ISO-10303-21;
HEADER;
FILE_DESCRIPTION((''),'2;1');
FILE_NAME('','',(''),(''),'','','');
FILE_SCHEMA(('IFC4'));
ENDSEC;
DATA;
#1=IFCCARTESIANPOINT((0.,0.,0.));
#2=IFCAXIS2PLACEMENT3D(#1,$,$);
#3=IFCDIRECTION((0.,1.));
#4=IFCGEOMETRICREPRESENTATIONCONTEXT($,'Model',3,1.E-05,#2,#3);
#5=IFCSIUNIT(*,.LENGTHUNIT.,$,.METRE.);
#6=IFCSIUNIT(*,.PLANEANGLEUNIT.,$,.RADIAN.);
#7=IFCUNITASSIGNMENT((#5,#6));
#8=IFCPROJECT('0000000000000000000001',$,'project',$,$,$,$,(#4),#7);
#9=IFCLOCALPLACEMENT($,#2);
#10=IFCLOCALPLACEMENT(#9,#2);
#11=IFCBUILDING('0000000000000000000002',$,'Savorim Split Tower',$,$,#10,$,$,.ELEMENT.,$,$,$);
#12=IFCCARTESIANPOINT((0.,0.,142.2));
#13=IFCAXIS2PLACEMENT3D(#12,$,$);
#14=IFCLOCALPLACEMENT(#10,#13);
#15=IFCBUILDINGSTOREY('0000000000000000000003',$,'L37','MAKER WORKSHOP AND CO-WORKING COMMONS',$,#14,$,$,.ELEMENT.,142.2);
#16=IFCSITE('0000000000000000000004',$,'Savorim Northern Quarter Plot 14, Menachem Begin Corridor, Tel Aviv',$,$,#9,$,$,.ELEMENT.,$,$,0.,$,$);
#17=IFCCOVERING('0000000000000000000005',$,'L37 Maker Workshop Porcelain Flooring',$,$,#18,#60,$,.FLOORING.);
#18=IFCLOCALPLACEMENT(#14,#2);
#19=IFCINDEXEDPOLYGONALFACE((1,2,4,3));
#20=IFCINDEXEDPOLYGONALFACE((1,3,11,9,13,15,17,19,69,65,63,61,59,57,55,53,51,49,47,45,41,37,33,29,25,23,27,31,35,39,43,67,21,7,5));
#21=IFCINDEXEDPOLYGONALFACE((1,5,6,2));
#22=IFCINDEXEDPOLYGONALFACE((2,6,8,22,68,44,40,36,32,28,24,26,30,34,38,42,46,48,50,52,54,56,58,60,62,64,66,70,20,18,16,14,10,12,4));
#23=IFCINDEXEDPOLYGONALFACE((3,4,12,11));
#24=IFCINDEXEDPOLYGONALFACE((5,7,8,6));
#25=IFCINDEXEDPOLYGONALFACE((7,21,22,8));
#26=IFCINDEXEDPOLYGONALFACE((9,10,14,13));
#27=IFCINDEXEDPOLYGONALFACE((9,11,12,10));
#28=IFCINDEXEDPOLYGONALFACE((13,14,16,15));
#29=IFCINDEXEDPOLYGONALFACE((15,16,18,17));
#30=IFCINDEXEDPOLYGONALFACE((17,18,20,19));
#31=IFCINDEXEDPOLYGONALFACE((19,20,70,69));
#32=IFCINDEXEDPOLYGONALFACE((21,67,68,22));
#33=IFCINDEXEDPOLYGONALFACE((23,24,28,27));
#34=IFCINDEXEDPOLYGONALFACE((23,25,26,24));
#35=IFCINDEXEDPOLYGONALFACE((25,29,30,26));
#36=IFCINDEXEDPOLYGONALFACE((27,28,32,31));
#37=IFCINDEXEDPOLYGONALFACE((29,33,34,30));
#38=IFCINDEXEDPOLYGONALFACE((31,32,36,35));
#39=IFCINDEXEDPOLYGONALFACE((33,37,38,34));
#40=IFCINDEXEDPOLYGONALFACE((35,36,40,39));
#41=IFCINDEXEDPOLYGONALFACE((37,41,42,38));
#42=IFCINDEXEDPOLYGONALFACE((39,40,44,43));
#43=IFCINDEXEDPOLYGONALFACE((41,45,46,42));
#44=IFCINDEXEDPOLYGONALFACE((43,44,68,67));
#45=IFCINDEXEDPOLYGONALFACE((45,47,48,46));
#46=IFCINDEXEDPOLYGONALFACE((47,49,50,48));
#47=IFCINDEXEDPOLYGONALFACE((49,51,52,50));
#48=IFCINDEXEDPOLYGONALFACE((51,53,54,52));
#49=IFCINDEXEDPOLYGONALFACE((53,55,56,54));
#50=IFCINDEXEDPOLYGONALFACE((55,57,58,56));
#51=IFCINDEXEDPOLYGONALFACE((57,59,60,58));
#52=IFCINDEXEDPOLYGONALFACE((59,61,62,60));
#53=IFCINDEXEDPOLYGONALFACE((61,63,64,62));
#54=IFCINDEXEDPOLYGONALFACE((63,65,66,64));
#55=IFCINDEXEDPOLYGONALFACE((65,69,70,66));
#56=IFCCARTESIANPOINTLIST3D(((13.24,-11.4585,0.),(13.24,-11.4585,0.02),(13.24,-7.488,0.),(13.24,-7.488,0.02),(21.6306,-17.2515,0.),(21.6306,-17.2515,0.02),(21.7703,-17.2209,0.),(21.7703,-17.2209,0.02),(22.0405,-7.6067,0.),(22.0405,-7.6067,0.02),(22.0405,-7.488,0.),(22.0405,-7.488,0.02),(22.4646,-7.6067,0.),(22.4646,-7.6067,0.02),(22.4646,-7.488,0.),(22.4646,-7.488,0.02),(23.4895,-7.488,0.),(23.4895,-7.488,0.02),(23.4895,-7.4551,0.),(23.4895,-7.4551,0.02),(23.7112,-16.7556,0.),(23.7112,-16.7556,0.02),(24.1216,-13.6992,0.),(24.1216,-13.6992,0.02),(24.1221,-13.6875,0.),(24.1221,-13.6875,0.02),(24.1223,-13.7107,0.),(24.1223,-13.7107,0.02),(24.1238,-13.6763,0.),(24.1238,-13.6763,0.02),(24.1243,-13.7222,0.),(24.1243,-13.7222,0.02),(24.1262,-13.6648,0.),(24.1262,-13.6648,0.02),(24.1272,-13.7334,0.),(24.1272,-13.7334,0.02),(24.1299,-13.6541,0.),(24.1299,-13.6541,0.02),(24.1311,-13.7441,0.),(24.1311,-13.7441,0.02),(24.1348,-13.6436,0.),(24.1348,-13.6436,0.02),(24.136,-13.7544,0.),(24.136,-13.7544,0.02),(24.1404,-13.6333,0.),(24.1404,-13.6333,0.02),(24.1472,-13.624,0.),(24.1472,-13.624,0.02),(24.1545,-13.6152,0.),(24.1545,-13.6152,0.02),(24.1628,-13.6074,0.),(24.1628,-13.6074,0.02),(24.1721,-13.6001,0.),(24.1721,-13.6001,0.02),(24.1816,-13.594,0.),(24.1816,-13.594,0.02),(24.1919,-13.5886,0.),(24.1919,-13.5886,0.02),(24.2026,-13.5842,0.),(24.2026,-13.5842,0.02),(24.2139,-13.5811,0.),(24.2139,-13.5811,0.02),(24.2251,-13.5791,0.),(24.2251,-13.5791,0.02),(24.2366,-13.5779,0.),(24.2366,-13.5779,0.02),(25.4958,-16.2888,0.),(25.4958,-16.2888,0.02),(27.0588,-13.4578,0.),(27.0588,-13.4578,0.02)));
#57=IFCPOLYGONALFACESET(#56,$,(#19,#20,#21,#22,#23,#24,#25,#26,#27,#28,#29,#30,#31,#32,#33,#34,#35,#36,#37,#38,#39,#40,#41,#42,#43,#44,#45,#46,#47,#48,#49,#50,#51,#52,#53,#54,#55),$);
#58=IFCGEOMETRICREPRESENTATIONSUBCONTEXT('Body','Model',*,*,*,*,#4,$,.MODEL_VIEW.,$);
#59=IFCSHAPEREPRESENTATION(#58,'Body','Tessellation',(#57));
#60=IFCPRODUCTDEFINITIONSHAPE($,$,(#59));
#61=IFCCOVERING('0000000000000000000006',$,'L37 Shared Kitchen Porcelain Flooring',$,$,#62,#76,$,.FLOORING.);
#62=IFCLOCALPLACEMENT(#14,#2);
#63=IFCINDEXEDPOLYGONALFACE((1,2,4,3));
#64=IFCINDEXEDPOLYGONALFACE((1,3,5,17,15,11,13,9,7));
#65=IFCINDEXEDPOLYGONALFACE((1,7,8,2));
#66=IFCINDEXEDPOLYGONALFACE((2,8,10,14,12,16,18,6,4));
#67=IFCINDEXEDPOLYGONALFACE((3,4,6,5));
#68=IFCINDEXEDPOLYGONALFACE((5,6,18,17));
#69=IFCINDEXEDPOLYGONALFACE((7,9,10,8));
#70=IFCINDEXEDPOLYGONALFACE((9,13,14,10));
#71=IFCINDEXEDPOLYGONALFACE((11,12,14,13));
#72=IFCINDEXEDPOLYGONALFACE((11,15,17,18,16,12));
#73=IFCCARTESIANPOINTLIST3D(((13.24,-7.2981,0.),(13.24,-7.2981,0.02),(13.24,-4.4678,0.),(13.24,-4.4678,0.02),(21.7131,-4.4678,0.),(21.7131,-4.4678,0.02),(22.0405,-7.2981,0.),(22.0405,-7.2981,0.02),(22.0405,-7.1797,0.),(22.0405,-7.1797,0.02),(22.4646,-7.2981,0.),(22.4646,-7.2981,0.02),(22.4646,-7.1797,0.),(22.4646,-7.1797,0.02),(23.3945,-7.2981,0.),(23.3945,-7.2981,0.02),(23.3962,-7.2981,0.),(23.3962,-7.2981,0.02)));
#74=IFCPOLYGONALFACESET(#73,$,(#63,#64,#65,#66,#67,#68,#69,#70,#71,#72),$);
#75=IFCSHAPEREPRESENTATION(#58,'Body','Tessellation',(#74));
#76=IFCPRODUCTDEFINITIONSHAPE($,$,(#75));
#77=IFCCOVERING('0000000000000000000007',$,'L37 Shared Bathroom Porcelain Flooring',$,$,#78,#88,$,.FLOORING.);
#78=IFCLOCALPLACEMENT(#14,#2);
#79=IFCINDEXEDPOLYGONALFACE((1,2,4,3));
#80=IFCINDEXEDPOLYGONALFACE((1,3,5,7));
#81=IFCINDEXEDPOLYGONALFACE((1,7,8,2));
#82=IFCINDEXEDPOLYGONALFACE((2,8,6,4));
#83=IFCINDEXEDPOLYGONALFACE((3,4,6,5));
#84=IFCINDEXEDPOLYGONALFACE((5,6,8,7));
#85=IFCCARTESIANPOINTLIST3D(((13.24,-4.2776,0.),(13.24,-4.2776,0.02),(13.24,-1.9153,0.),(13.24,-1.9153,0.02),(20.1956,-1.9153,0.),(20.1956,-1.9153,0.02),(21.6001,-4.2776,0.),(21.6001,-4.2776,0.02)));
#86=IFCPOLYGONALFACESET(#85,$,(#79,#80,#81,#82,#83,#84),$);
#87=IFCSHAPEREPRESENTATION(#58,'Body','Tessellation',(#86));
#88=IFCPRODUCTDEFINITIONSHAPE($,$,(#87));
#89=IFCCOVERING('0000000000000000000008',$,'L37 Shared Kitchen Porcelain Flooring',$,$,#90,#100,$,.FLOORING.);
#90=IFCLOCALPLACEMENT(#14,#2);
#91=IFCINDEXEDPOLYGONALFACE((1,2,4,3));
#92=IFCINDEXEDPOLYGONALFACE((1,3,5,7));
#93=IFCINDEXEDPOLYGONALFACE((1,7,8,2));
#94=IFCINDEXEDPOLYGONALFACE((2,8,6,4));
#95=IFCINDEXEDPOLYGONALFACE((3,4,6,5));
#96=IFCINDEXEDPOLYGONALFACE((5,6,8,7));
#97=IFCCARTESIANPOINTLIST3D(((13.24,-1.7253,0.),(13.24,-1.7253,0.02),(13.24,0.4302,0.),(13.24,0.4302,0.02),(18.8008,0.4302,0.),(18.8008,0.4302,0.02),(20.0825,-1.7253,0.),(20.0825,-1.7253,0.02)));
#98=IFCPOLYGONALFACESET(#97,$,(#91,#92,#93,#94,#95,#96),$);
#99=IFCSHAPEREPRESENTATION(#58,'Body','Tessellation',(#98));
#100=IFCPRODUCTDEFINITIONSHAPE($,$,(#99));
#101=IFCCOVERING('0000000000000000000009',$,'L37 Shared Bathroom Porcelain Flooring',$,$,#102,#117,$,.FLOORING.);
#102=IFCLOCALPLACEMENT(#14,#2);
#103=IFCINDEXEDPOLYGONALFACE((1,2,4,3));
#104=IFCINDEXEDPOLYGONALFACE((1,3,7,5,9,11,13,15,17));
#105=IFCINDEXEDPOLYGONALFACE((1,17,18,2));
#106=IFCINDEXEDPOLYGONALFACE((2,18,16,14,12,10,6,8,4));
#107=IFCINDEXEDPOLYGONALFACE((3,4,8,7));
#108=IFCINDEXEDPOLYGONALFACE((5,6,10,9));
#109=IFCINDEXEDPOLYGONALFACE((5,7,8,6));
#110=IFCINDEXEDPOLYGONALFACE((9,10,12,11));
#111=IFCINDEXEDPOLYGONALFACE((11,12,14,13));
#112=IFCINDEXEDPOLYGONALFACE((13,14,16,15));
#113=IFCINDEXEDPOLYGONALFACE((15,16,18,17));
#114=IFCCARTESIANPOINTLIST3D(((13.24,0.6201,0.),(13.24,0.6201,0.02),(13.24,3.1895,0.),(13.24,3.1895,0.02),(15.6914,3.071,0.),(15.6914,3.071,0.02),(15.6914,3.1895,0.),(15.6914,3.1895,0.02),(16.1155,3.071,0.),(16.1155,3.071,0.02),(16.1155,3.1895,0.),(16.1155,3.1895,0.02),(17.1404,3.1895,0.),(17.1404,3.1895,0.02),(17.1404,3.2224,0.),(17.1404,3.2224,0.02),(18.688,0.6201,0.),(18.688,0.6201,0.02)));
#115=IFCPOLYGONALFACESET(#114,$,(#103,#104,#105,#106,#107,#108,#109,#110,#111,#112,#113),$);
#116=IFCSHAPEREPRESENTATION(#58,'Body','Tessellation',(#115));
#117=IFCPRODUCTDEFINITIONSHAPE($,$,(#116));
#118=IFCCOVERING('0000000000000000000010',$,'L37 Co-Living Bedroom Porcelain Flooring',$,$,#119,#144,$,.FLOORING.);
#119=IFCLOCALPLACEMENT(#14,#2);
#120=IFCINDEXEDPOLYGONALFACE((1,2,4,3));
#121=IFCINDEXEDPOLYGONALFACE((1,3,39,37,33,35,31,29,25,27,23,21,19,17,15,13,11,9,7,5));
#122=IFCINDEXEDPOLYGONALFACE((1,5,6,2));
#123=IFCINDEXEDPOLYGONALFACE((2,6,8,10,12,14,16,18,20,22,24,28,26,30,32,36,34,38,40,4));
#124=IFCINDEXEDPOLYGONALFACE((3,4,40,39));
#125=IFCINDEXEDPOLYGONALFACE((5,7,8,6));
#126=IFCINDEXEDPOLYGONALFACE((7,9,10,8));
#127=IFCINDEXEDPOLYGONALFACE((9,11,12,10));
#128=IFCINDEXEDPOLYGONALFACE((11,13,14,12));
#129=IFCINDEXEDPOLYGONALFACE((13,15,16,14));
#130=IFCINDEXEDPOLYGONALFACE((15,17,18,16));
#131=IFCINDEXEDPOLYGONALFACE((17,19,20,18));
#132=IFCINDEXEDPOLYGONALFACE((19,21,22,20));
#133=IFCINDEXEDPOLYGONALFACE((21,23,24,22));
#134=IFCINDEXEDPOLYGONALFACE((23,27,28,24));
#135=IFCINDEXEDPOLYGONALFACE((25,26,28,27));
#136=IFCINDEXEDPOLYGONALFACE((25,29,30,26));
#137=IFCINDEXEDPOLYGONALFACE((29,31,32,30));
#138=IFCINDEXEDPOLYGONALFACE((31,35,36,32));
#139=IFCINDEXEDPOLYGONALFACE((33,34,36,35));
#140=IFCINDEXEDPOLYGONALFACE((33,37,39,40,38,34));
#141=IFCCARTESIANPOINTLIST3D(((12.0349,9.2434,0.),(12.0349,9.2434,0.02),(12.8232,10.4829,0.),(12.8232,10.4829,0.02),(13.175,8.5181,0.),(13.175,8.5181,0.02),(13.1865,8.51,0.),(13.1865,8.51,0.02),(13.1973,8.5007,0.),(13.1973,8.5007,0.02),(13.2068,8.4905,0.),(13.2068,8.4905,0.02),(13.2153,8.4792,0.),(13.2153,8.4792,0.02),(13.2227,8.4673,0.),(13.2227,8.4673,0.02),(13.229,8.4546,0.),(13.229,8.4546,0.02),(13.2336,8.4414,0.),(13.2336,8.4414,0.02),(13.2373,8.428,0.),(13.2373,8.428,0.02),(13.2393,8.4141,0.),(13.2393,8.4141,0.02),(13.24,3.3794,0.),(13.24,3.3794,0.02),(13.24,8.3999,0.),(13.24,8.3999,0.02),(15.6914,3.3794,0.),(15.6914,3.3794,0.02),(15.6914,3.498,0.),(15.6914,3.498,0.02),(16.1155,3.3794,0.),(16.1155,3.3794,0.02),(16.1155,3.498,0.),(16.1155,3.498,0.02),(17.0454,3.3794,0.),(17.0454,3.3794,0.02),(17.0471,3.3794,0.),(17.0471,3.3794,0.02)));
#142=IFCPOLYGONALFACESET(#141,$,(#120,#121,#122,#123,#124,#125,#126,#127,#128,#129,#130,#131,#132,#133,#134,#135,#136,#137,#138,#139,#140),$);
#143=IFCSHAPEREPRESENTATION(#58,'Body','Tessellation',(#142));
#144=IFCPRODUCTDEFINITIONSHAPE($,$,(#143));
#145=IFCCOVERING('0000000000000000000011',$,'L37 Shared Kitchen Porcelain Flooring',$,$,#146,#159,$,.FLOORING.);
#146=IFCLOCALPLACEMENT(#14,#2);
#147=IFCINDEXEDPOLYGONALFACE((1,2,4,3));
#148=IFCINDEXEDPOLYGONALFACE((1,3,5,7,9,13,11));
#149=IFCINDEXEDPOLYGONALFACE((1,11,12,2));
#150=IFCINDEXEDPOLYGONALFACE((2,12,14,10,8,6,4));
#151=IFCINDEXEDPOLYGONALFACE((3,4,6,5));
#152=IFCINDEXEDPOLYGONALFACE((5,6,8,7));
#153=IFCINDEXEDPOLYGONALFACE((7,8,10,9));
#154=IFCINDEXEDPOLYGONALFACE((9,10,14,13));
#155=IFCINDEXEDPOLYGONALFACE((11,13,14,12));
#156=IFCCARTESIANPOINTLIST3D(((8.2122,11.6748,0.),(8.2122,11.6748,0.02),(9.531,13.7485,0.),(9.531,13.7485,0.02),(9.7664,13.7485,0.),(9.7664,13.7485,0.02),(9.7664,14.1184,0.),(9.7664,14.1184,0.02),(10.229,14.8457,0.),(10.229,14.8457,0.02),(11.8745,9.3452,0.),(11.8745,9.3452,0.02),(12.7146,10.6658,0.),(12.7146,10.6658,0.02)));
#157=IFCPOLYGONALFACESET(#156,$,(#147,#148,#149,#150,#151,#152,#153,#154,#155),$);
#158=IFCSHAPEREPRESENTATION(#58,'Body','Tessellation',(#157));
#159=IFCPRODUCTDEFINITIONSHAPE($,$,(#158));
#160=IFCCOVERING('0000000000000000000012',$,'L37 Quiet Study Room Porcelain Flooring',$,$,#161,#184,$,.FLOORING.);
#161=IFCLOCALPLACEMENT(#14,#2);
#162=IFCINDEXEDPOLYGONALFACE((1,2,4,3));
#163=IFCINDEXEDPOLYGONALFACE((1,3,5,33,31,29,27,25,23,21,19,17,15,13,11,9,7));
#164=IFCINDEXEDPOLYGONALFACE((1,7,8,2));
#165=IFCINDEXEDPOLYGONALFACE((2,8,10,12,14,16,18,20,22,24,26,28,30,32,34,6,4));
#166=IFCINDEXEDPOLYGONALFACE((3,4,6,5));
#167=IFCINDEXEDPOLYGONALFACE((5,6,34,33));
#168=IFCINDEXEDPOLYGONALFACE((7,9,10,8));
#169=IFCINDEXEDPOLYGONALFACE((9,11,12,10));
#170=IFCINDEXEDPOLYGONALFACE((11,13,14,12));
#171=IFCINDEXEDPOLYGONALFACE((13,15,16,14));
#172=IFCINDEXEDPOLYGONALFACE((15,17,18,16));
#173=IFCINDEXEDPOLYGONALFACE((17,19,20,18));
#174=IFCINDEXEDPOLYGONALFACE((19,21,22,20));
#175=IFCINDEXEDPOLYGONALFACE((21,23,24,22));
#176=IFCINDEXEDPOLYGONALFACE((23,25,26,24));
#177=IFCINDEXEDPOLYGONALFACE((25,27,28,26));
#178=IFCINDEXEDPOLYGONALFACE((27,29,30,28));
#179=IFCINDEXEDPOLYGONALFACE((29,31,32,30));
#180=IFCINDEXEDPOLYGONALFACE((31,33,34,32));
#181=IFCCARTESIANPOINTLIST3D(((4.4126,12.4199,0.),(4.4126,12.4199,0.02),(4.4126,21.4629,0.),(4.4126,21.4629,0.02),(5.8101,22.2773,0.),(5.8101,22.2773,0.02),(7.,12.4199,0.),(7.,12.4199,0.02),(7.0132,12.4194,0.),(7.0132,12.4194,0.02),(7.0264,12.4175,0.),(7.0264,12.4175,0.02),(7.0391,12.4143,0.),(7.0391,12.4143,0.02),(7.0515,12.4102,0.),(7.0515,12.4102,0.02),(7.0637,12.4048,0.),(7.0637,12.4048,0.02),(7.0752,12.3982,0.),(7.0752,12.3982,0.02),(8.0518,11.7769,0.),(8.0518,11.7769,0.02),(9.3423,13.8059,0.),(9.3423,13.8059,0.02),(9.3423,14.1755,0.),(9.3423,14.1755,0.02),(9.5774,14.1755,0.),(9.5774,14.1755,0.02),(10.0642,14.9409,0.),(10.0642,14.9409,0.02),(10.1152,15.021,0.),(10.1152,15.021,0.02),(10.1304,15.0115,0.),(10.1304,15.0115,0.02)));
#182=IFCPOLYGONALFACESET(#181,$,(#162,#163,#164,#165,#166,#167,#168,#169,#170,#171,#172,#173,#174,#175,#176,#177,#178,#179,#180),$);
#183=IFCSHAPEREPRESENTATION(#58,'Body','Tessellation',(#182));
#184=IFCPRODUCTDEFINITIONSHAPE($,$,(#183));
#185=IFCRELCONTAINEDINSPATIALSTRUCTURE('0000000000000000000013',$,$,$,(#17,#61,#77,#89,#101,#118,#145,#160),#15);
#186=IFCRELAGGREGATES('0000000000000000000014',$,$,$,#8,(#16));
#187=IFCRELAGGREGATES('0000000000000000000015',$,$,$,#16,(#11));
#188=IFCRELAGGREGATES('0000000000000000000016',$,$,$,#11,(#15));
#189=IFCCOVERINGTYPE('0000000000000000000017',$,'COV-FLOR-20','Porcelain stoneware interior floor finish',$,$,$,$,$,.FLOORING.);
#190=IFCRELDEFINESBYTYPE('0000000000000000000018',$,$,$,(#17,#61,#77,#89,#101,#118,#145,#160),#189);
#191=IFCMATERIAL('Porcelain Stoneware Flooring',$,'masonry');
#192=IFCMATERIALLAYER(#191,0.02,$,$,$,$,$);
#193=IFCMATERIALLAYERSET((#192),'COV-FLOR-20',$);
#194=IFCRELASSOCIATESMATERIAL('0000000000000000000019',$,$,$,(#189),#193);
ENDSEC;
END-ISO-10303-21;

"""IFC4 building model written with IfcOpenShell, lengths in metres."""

from ifc_helpers import new_model, si_unit, direction, frame, origin, place, context, subcontext, project, spatial, polyline, outline, extrude, material, layer, layer_set, type_object, element, save


model = new_model("IFC4")

# Units and contexts
model_context = context("Model", 3, precision=1e-05, world=origin(), true_north=direction((0.0, 1.0)))
body_context = subcontext(model_context, "Body", "Model", "MODEL_VIEW")
ifc_project = project(units=[si_unit("LENGTHUNIT", "METRE"), si_unit("PLANEANGLEUNIT", "RADIAN")], contexts=[model_context])

# Site, building, storey
site_placement = place(None, origin())
site = spatial("IfcSite", under=ifc_project, at=site_placement, Name="Savorim Northern Quarter Plot 14, Menachem Begin Corridor, Tel Aviv", CompositionType="ELEMENT", RefElevation=0.0)
building_placement = place(site_placement, origin())
building = spatial("IfcBuilding", under=site, at=building_placement, Name="Savorim Split Tower", CompositionType="ELEMENT")
storey_placement = place(building_placement, frame((0.0, 0.0, 142.2)))
storey = spatial("IfcBuildingStorey", under=building, at=storey_placement, Name="L37", Description="MAKER WORKSHOP AND CO-WORKING COMMONS", CompositionType="ELEMENT", Elevation=142.2)

# Coverings
ifc_material_1 = material(Name="Porcelain Stoneware Flooring", Category="masonry")
ifc_layer_1 = layer(ifc_material_1, 0.02)
ifc_layer_set_1 = layer_set([ifc_layer_1], Name="COV-FLOR-20")
covering_type_1 = type_object("IfcCoveringType", Name="COV-FLOR-20", Description="Porcelain stoneware interior floor finish", PredefinedType="FLOORING", material=ifc_layer_set_1)
covering_1_placement = place(storey_placement, origin())
element("IfcCovering", 1, at=covering_1_placement, inside=storey, type_object=covering_type_1, Name="L37 Maker Workshop Porcelain Flooring", PredefinedType="FLOORING", context=body_context, shape_type="SweptSolid", body=[
    extrude(outline(polyline([(24.2139, -13.5811), (24.2251, -13.5791), (24.2366, -13.5779), (27.0588, -13.4578), (23.4895, -7.4551), (23.4895, -7.488), (22.4646, -7.488), (22.4646, -7.6067), (22.0405, -7.6067), (22.0405, -7.488), (13.24, -7.488), (13.24, -11.4585), (21.6306, -17.2515), (21.7703, -17.2209), (23.7112, -16.7556), (25.4958, -16.2888), (24.136, -13.7544), (24.1311, -13.7441), (24.1272, -13.7334), (24.1243, -13.7222), (24.1223, -13.7107), (24.1216, -13.6992), (24.1221, -13.6875), (24.1238, -13.6763), (24.1262, -13.6648), (24.1299, -13.6541), (24.1348, -13.6436), (24.1404, -13.6333), (24.1472, -13.624), (24.1545, -13.6152), (24.1628, -13.6074), (24.1721, -13.6001), (24.1816, -13.594), (24.1919, -13.5886), (24.2026, -13.5842), (24.2139, -13.5811)])), origin(), (0.0, 0.0, 1.0), 0.02),
])
covering_2_placement = place(storey_placement, origin())
element("IfcCovering", 2, at=covering_2_placement, inside=storey, type_object=covering_type_1, Name="L37 Shared Kitchen Porcelain Flooring", PredefinedType="FLOORING", context=body_context, shape_type="SweptSolid", body=[
    extrude(outline(polyline([(22.4646, -7.1797), (22.4646, -7.2981), (23.3945, -7.2981), (23.3962, -7.2981), (21.7131, -4.4678), (13.24, -4.4678), (13.24, -7.2981), (22.0405, -7.2981), (22.0405, -7.1797), (22.4646, -7.1797)])), origin(), (0.0, 0.0, 1.0), 0.02),
])
covering_3_placement = place(storey_placement, origin())
element("IfcCovering", 3, at=covering_3_placement, inside=storey, type_object=covering_type_1, Name="L37 Shared Bathroom Porcelain Flooring", PredefinedType="FLOORING", context=body_context, shape_type="SweptSolid", body=[
    extrude(outline(polyline([(21.6001, -4.2776), (20.1956, -1.9153), (13.24, -1.9153), (13.24, -4.2776), (21.6001, -4.2776)])), origin(), (0.0, 0.0, 1.0), 0.02),
])
covering_4_placement = place(storey_placement, origin())
element("IfcCovering", 4, at=covering_4_placement, inside=storey, type_object=covering_type_1, Name="L37 Shared Kitchen Porcelain Flooring", PredefinedType="FLOORING", context=body_context, shape_type="SweptSolid", body=[
    extrude(outline(polyline([(20.0825, -1.7253), (18.8008, 0.4302), (13.24, 0.4302), (13.24, -1.7253), (20.0825, -1.7253)])), origin(), (0.0, 0.0, 1.0), 0.02),
])
covering_5_placement = place(storey_placement, origin())
element("IfcCovering", 5, at=covering_5_placement, inside=storey, type_object=covering_type_1, Name="L37 Shared Bathroom Porcelain Flooring", PredefinedType="FLOORING", context=body_context, shape_type="SweptSolid", body=[
    extrude(outline(polyline([(15.6914, 3.071), (15.6914, 3.1895), (13.24, 3.1895), (13.24, 0.6201), (18.688, 0.6201), (17.1404, 3.2224), (17.1404, 3.1895), (16.1155, 3.1895), (16.1155, 3.071), (15.6914, 3.071)])), origin(), (0.0, 0.0, 1.0), 0.02),
])
covering_6_placement = place(storey_placement, origin())
element("IfcCovering", 6, at=covering_6_placement, inside=storey, type_object=covering_type_1, Name="L37 Co-Living Bedroom Porcelain Flooring", PredefinedType="FLOORING", context=body_context, shape_type="SweptSolid", body=[
    extrude(outline(polyline([(16.1155, 3.498), (16.1155, 3.3794), (17.0454, 3.3794), (17.0471, 3.3794), (12.8232, 10.4829), (12.0349, 9.2434), (13.175, 8.5181), (13.1865, 8.51), (13.1973, 8.5007), (13.2068, 8.4905), (13.2153, 8.4792), (13.2227, 8.4673), (13.229, 8.4546), (13.2336, 8.4414), (13.2373, 8.428), (13.2393, 8.4141), (13.24, 8.3999), (13.24, 3.3794), (15.6914, 3.3794), (15.6914, 3.498), (16.1155, 3.498)])), origin(), (0.0, 0.0, 1.0), 0.02),
])
covering_7_placement = place(storey_placement, origin())
element("IfcCovering", 7, at=covering_7_placement, inside=storey, type_object=covering_type_1, Name="L37 Shared Kitchen Porcelain Flooring", PredefinedType="FLOORING", context=body_context, shape_type="SweptSolid", body=[
    extrude(outline(polyline([(9.531, 13.7485), (8.2122, 11.6748), (8.2122, 11.6748), (11.8745, 9.3452), (12.7146, 10.6658), (10.229, 14.8457), (9.7664, 14.1184), (9.7664, 13.7485), (9.531, 13.7485)])), origin(), (0.0, 0.0, 1.0), 0.02),
])
covering_8_placement = place(storey_placement, origin())
element("IfcCovering", 8, at=covering_8_placement, inside=storey, type_object=covering_type_1, Name="L37 Quiet Study Room Porcelain Flooring", PredefinedType="FLOORING", context=body_context, shape_type="SweptSolid", body=[
    extrude(outline(polyline([(10.1152, 15.021), (10.1304, 15.0115), (5.8101, 22.2773), (4.4126, 21.4629), (4.4126, 12.4199), (7.0, 12.4199), (7.0132, 12.4194), (7.0264, 12.4175), (7.0391, 12.4143), (7.0515, 12.4102), (7.0637, 12.4048), (7.0752, 12.3982), (8.0518, 11.7769), (9.3423, 13.8059), (9.3423, 14.1755), (9.5774, 14.1755), (10.0642, 14.9409), (10.1152, 15.021)])), origin(), (0.0, 0.0, 1.0), 0.02),
])

save(model, "model.ifc")
